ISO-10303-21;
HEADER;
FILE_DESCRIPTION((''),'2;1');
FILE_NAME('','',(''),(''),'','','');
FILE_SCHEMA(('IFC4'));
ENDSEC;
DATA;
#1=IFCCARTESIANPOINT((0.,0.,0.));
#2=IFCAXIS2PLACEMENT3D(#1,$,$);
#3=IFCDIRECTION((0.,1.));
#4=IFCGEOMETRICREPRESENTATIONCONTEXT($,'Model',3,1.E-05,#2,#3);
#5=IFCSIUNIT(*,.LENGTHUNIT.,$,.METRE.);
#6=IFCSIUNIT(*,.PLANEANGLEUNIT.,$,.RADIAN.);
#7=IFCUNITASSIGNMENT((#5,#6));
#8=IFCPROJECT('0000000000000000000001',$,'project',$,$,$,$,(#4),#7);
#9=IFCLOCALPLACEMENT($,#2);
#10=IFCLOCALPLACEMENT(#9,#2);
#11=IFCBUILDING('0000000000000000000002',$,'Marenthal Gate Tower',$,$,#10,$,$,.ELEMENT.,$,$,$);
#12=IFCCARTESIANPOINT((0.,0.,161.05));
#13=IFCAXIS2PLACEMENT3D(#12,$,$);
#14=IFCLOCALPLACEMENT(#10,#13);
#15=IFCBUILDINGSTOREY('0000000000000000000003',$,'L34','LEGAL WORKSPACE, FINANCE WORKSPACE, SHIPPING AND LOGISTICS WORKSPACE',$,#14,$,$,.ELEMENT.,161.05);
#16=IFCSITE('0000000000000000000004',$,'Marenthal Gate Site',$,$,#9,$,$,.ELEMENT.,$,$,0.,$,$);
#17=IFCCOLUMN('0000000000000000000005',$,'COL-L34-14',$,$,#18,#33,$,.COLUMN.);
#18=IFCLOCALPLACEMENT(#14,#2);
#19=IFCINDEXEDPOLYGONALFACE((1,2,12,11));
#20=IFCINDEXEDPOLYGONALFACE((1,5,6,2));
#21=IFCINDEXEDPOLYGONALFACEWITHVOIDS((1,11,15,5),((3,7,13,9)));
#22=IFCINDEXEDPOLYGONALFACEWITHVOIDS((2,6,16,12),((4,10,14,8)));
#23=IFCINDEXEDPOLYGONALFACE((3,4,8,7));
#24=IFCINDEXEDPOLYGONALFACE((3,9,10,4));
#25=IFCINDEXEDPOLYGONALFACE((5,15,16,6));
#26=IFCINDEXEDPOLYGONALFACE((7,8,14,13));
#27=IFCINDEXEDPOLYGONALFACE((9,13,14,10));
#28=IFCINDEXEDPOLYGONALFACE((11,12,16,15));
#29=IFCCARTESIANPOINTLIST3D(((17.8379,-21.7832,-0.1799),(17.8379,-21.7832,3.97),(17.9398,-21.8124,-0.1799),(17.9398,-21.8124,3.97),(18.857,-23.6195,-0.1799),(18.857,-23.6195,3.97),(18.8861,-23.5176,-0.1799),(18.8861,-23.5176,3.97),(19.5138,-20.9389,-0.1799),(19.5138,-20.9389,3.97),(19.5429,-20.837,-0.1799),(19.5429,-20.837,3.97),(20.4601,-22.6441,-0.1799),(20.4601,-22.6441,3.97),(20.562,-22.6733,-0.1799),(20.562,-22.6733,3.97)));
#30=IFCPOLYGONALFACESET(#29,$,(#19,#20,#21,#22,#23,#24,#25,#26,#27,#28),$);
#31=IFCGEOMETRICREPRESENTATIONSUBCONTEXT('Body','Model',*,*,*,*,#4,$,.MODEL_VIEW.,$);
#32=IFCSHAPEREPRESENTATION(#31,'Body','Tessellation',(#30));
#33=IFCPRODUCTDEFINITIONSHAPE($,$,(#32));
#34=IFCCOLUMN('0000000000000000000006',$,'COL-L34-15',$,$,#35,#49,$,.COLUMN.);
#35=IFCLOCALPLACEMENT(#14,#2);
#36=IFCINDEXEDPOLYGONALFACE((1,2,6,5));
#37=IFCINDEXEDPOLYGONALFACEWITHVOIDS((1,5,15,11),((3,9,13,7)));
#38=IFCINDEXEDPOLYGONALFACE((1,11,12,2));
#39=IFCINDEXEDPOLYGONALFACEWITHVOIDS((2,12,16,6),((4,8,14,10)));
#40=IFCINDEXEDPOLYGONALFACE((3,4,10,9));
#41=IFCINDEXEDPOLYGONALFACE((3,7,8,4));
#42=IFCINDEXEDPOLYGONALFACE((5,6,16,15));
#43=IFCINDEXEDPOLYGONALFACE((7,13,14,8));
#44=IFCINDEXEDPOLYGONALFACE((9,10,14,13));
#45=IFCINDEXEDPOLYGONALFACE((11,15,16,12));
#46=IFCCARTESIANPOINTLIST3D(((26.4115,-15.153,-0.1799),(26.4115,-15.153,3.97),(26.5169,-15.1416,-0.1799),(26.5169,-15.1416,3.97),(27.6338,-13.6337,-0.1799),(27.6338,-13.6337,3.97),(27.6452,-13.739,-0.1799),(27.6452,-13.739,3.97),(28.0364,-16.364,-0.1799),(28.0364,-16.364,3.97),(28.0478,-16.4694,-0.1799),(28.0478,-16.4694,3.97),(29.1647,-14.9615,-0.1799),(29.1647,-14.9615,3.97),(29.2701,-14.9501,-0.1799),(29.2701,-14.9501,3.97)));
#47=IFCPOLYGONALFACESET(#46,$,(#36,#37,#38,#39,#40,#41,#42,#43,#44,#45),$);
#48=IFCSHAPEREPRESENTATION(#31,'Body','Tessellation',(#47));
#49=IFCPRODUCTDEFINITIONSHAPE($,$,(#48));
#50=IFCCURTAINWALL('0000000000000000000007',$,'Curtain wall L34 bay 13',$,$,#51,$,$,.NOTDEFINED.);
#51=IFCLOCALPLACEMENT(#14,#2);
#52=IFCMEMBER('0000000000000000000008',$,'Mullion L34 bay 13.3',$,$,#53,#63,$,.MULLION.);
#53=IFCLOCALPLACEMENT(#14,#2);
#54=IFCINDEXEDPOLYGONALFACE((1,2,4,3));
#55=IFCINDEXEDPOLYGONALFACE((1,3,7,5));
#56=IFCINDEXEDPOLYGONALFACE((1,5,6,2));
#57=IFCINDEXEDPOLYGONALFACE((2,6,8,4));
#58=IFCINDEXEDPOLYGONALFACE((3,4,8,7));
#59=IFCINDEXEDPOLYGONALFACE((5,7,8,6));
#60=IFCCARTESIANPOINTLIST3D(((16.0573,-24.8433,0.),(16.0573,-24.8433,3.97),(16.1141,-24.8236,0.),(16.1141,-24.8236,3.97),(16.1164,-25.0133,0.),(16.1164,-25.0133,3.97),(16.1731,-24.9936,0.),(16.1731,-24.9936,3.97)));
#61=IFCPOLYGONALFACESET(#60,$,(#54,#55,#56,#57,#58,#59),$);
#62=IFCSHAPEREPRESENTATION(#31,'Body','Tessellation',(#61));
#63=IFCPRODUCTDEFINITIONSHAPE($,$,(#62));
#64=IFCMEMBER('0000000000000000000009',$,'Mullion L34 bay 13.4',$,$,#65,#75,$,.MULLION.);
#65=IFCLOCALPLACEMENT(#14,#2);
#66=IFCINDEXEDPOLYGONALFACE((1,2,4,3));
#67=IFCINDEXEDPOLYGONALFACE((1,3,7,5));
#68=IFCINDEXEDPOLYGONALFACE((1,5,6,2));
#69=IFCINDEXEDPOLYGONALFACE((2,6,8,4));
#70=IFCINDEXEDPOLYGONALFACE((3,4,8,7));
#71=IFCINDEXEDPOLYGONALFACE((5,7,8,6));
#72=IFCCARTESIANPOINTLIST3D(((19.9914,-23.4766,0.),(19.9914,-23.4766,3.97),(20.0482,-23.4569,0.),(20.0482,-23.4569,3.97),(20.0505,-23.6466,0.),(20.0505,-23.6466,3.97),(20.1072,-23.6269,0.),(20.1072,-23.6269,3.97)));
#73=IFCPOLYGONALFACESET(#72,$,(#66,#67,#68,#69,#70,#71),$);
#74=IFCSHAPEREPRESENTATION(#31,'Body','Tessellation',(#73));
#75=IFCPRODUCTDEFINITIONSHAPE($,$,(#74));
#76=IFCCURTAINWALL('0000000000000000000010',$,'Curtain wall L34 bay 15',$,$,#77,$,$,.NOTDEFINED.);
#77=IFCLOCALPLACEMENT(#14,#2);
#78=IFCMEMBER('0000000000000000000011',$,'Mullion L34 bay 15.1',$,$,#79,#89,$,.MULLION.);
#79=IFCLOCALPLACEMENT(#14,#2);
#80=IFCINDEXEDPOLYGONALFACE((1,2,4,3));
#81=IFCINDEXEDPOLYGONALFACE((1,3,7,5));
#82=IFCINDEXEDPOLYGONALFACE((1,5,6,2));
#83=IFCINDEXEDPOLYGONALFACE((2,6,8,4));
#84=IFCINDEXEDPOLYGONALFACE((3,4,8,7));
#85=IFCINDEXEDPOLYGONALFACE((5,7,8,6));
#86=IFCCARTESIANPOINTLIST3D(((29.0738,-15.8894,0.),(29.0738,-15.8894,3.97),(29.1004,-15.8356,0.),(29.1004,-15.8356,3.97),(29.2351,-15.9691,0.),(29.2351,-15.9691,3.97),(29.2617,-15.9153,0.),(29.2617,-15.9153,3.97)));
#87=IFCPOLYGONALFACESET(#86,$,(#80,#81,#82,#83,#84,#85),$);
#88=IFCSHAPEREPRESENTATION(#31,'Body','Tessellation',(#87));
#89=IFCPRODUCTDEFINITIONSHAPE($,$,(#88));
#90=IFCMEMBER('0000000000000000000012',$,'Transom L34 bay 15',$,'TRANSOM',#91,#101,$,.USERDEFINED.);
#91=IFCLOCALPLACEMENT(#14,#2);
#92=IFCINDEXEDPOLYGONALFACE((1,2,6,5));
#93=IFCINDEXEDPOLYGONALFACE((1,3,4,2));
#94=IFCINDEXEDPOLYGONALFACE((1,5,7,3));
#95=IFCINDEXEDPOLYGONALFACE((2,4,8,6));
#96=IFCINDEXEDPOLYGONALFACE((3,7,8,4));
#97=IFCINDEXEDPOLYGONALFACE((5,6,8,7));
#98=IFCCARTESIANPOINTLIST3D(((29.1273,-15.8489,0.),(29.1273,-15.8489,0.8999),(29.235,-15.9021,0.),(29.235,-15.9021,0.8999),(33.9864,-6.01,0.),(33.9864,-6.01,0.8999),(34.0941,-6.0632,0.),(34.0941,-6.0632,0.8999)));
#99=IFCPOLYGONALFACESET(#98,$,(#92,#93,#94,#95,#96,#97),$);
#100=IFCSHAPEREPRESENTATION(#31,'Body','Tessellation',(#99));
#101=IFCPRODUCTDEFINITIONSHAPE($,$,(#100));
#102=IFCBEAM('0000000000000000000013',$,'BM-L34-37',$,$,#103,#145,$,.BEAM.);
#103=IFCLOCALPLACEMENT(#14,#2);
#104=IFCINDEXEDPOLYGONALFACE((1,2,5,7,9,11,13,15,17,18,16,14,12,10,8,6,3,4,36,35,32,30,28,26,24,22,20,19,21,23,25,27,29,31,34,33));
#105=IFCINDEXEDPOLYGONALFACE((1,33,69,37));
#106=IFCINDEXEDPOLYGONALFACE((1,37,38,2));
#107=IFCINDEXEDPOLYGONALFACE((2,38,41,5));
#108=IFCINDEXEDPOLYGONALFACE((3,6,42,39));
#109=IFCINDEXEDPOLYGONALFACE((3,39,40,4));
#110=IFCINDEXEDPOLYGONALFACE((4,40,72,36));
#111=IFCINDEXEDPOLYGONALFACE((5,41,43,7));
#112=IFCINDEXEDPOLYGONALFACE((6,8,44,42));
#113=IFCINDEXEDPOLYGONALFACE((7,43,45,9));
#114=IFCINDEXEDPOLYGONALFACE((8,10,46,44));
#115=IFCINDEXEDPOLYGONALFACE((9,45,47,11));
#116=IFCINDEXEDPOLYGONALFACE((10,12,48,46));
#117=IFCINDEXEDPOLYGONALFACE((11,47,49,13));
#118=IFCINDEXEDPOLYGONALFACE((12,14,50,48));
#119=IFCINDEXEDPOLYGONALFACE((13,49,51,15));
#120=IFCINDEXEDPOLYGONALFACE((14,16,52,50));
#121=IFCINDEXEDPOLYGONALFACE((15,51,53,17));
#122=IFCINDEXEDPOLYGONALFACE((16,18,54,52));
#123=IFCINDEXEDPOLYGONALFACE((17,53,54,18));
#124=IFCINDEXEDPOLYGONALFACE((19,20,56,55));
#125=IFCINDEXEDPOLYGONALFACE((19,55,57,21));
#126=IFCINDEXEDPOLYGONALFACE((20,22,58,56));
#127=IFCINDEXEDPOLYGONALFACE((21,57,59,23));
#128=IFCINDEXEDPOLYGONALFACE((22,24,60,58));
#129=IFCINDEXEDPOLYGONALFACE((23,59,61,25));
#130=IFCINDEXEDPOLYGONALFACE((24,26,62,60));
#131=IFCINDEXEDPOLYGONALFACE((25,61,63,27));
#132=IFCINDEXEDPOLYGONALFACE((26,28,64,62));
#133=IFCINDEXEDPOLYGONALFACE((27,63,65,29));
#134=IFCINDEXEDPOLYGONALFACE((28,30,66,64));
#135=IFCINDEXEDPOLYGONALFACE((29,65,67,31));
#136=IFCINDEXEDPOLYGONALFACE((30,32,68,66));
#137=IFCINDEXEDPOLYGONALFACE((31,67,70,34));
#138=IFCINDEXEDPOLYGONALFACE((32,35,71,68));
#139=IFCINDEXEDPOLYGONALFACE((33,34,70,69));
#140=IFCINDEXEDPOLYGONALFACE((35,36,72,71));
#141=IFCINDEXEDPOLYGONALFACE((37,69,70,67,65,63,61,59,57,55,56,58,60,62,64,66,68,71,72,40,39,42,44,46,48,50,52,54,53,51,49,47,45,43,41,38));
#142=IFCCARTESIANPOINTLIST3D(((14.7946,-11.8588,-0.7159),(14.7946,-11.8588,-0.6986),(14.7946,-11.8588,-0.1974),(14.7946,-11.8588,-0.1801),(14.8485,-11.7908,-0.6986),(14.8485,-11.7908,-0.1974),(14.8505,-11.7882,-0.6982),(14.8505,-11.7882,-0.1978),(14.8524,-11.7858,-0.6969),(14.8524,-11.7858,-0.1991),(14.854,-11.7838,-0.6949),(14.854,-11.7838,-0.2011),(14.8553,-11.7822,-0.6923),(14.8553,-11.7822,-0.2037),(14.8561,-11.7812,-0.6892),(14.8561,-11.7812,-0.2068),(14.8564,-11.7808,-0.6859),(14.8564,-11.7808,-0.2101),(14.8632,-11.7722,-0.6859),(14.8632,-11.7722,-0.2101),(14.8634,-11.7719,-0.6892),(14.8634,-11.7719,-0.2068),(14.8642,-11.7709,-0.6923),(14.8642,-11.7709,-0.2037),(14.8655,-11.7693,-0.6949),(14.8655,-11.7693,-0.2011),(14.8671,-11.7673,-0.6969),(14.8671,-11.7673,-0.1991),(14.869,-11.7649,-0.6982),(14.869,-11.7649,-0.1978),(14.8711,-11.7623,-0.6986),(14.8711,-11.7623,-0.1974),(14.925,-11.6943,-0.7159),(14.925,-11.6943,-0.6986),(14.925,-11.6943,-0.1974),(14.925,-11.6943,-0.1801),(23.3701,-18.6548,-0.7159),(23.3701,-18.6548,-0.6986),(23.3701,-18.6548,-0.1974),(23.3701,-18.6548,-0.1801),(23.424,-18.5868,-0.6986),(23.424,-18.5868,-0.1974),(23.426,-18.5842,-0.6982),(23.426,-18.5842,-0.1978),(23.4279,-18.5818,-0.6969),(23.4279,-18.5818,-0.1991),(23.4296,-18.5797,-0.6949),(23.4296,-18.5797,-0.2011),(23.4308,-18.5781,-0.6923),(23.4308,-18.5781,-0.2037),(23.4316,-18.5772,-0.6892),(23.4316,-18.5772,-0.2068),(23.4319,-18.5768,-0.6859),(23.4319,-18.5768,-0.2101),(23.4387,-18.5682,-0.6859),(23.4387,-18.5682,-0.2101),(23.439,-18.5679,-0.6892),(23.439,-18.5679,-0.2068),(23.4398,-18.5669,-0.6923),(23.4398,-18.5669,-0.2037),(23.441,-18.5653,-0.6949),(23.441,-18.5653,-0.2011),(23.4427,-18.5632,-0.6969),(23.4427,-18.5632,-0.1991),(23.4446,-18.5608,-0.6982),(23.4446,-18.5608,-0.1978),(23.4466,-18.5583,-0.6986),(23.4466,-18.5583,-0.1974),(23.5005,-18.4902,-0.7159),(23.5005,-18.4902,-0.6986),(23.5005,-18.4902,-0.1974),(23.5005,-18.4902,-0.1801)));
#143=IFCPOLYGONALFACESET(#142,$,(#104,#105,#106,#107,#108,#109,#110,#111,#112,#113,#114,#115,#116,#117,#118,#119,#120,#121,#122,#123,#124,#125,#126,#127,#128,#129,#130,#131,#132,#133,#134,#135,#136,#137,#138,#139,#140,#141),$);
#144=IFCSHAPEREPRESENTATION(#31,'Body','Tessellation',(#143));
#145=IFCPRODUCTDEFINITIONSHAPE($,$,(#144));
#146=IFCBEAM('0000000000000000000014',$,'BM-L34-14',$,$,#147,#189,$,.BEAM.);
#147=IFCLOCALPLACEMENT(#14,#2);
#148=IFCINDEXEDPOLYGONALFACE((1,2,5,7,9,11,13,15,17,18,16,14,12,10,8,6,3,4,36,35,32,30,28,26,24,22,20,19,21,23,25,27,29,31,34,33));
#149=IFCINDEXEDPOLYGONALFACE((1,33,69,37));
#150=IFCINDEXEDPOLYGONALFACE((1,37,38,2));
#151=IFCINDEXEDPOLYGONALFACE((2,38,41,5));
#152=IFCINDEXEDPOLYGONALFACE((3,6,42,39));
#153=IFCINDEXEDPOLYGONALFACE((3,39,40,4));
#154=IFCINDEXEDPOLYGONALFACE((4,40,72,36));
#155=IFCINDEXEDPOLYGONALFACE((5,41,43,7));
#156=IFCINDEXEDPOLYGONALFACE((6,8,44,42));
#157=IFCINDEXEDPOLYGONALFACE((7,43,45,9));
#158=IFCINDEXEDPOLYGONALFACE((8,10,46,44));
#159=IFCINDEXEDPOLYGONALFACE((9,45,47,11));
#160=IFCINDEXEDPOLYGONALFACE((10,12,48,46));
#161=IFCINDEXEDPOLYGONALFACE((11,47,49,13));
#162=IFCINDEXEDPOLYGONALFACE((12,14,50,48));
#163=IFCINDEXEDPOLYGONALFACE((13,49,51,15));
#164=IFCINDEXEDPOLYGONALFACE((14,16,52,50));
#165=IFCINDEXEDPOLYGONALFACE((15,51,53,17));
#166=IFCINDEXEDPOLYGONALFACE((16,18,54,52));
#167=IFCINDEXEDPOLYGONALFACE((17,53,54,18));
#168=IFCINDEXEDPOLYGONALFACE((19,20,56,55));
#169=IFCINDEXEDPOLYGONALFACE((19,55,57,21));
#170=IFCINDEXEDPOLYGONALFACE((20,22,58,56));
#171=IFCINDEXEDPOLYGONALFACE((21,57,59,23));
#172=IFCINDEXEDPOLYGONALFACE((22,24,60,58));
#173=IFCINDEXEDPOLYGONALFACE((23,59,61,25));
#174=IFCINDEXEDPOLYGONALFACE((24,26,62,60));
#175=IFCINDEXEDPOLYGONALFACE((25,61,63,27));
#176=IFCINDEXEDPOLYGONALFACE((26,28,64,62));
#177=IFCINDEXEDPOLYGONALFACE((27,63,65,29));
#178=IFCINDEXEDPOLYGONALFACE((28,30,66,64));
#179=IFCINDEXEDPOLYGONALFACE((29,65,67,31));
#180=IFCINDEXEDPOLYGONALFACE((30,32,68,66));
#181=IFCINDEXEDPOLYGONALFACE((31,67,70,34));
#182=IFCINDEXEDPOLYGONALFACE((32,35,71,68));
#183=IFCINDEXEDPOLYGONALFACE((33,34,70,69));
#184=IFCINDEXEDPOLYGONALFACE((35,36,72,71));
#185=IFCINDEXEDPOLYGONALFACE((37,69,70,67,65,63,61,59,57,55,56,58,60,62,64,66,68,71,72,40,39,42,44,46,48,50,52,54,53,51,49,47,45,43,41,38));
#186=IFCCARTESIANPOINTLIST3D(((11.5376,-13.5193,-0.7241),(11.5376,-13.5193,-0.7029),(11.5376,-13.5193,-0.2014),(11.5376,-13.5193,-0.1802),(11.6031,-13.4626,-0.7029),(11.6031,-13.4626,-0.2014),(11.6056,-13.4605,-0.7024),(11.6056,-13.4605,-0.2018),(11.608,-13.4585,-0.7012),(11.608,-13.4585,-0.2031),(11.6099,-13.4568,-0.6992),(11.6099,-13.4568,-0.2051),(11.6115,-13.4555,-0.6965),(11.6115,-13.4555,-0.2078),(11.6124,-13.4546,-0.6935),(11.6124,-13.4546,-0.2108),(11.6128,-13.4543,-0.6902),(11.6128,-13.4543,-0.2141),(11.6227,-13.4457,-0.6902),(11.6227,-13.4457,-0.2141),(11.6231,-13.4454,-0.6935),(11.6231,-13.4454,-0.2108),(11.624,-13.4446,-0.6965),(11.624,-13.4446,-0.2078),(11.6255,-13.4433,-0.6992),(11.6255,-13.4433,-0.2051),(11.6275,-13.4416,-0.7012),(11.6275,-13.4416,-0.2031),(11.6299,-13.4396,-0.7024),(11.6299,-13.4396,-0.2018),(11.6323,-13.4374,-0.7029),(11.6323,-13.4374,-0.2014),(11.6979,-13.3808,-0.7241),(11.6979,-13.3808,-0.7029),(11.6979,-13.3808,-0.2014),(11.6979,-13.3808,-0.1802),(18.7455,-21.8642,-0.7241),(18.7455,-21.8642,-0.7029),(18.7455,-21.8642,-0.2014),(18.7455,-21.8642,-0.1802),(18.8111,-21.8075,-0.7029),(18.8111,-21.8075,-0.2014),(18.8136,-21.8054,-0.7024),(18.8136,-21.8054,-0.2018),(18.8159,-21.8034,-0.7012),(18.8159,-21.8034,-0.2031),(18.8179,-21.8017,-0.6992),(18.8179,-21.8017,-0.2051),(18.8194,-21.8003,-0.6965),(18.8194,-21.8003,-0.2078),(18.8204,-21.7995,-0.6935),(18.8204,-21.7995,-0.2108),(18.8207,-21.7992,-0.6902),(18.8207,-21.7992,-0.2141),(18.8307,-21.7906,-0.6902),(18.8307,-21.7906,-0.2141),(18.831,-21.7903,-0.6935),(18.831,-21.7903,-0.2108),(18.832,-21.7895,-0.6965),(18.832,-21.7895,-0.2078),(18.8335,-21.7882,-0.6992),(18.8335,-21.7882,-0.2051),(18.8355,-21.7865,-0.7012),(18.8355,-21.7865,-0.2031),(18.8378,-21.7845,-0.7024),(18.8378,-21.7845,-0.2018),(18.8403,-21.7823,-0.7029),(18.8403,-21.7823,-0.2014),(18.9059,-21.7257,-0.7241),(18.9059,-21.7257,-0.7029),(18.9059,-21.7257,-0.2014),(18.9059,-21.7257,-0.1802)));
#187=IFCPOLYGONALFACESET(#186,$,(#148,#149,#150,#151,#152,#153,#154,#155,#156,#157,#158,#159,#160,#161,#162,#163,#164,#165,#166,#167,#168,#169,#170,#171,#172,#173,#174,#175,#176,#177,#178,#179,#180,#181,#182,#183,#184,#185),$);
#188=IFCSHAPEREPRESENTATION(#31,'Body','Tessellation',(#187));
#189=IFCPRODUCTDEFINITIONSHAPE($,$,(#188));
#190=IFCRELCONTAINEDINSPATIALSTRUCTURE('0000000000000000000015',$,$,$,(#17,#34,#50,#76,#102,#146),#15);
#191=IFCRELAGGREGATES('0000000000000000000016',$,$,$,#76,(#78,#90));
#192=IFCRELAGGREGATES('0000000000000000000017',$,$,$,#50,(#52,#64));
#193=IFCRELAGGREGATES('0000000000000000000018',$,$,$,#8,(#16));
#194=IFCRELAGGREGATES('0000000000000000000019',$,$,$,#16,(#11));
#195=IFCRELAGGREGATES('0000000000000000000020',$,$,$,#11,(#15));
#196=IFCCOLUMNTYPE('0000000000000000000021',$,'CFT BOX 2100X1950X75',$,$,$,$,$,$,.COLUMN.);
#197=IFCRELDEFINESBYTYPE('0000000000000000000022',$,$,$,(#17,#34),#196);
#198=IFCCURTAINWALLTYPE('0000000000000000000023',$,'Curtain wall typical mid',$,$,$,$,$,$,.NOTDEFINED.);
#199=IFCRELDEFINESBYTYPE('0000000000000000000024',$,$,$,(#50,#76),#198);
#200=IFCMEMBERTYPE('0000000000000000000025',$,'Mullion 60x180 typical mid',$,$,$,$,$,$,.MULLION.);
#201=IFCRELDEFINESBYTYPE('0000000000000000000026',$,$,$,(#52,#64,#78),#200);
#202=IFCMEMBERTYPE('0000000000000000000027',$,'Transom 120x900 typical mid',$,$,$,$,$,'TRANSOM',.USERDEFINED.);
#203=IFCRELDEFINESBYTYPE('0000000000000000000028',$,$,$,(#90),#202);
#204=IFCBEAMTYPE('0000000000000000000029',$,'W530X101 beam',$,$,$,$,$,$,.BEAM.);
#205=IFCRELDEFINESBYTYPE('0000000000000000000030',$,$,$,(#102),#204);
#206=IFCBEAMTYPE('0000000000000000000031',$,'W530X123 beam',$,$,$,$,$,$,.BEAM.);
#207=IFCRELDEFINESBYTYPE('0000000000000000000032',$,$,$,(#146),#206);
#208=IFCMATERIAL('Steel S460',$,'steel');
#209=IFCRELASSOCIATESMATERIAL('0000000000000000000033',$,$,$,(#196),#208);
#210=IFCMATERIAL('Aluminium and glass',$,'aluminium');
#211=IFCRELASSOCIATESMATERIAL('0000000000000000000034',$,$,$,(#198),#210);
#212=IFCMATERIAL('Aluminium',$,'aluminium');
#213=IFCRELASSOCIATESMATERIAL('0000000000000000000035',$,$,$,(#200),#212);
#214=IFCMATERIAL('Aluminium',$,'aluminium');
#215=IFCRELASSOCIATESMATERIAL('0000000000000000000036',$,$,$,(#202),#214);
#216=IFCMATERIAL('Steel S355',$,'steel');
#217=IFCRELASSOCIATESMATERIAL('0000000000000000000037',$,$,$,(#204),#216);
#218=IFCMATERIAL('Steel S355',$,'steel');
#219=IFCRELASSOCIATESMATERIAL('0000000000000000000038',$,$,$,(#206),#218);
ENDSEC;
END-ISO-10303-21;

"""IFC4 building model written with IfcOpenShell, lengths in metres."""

from ifc_helpers import new_model, si_unit, direction, frame, origin, origin_2d, place, context, subcontext, project, spatial, rectangle, hollow_rectangle, i_section, extrude, material, material_profile, profile_set, type_object, element, aggregate, save


model = new_model("IFC4")

# Units and contexts
model_context = context("Model", 3, precision=1e-05, world=origin(), true_north=direction((0.0, 1.0)))
body_context = subcontext(model_context, "Body", "Model", "MODEL_VIEW")
ifc_project = project(units=[si_unit("LENGTHUNIT", "METRE"), si_unit("PLANEANGLEUNIT", "RADIAN")], contexts=[model_context])

# Site, building, storey
site_placement = place(None, origin())
site = spatial("IfcSite", under=ifc_project, at=site_placement, Name="Marenthal Gate Site", CompositionType="ELEMENT", RefElevation=0.0)
building_placement = place(site_placement, origin())
building = spatial("IfcBuilding", under=site, at=building_placement, Name="Marenthal Gate Tower", CompositionType="ELEMENT")
storey_placement = place(building_placement, frame((0.0, 0.0, 161.05)))
storey = spatial("IfcBuildingStorey", under=building, at=storey_placement, Name="L34", Description="LEGAL WORKSPACE, FINANCE WORKSPACE, SHIPPING AND LOGISTICS WORKSPACE", CompositionType="ELEMENT", Elevation=161.05)

# Columns
ifc_material_1 = material(Name="Steel S460", Category="steel")
ifc_material_profile_1 = material_profile(ifc_material_1, hollow_rectangle(XDim=1.95, YDim=2.1001, WallThickness=0.075, at=origin_2d()), Name="CFT BOX 2100X1950X75")
ifc_material_2 = material(Name="Concrete 70 MPa", Category="concrete")
ifc_material_profile_2 = material_profile(ifc_material_2, rectangle(XDim=1.8, YDim=1.95, at=origin_2d()), Name="CFT BOX 2100X1950X75 INFILL")
ifc_profile_set_1 = profile_set([ifc_material_profile_1, ifc_material_profile_2], Name="Steel S460 shell, Concrete 70 MPa infill")
column_type = type_object("IfcColumnType", Name="CFT BOX 2100X1950X75", PredefinedType="COLUMN", material=ifc_profile_set_1)
for number, where, z_axis, x_axis, name in (
    (1, (19.2, -22.2283, -0.1799), (0.0, 0.0, 1.0), (-0.87438, -0.485242, 0.0), "COL-L34-14"),
    (2, (27.8408, -15.0515, -0.1799), (0.0, 0.0, 1.0), (-0.626831, -0.779155, 0.0), "COL-L34-15"),
):
    element("IfcColumn", number, at=place(storey_placement, frame(where, z_axis=z_axis, x_axis=x_axis)), inside=storey, type_object=column_type, Name=name, PredefinedType="COLUMN", context=body_context, shape_type="SweptSolid", body=[
        extrude(hollow_rectangle(XDim=1.95, YDim=2.1001, WallThickness=0.075, at=origin_2d()), origin(), (0.0, 0.0, 1.0), 4.1499),
    ])

# Curtain walls, members
ifc_material_3 = material(Name="Aluminium and glass", Category="aluminium")
curtain_wall_type = type_object("IfcCurtainWallType", Name="Curtain wall typical mid", PredefinedType="NOTDEFINED", material=ifc_material_3)
curtain_wall_1_placement = place(storey_placement, origin())
curtain_wall_1 = element("IfcCurtainWall", 3, at=curtain_wall_1_placement, inside=storey, type_object=curtain_wall_type, Name="Curtain wall L34 bay 13", PredefinedType="NOTDEFINED")
ifc_material_4 = material(Name="Aluminium", Category="aluminium")
ifc_material_profile_3 = material_profile(ifc_material_4, rectangle(XDim=0.1799, YDim=0.0601, at=origin_2d()), Name="60x180 aluminium mullion")
ifc_profile_set_2 = profile_set([ifc_material_profile_3], Name="Aluminium")
member_type_1 = type_object("IfcMemberType", Name="Mullion 60x180 typical mid", PredefinedType="MULLION", material=ifc_profile_set_2)
member_1_placement = place(storey_placement, frame((16.1152, -24.9185, 0.0), z_axis=(0.0, 0.0, 1.0), x_axis=(-0.328158, 0.944623, 0.0)))
member_1 = element("IfcMember", 4, at=member_1_placement, type_object=member_type_1, Name="Mullion L34 bay 13.3", PredefinedType="MULLION", context=body_context, shape_type="SweptSolid", body=[
    extrude(rectangle(XDim=0.1799, YDim=0.0601, at=origin_2d()), origin(), (0.0, 0.0, 1.0), 3.97),
])
member_2_placement = place(storey_placement, frame((20.0493, -23.5518, 0.0), z_axis=(0.0, 0.0, 1.0), x_axis=(-0.328158, 0.944623, 0.0)))
member_2 = element("IfcMember", 5, at=member_2_placement, type_object=member_type_1, Name="Mullion L34 bay 13.4", PredefinedType="MULLION", context=body_context, shape_type="SweptSolid", body=[
    extrude(rectangle(XDim=0.1799, YDim=0.0601, at=origin_2d()), origin(), (0.0, 0.0, 1.0), 3.97),
])
curtain_wall_2_placement = place(storey_placement, origin())
curtain_wall_2 = element("IfcCurtainWall", 6, at=curtain_wall_2_placement, inside=storey, type_object=curtain_wall_type, Name="Curtain wall L34 bay 15", PredefinedType="NOTDEFINED")
member_3_placement = place(storey_placement, frame((29.1677, -15.9023, 0.0), z_axis=(0.0, 0.0, 1.0), x_axis=(-0.896609, 0.442824, 0.0)))
member_3 = element("IfcMember", 7, at=member_3_placement, type_object=member_type_1, Name="Mullion L34 bay 15.1", PredefinedType="MULLION", context=body_context, shape_type="SweptSolid", body=[
    extrude(rectangle(XDim=0.1799, YDim=0.0601, at=origin_2d()), origin(), (0.0, 0.0, 1.0), 3.97),
])
ifc_material_5 = material(Name="Aluminium", Category="aluminium")
ifc_material_profile_4 = material_profile(ifc_material_5, rectangle(XDim=0.1201, YDim=0.8999, at=origin_2d()), Name="120x900 aluminium transom")
ifc_profile_set_3 = profile_set([ifc_material_profile_4], Name="Aluminium")
member_type_2 = type_object("IfcMemberType", Name="Transom 120x900 typical mid", ElementType="TRANSOM", PredefinedType="USERDEFINED", material=ifc_profile_set_3)
member_4_placement = place(storey_placement, frame((29.1812, -15.8755, 0.45), z_axis=(0.442812, 0.896615, 0.0), x_axis=(-0.896615, 0.442812, 0.0)))
member_4 = element("IfcMember", 8, at=member_4_placement, type_object=member_type_2, Name="Transom L34 bay 15", ObjectType="TRANSOM", PredefinedType="USERDEFINED", context=body_context, shape_type="SweptSolid", body=[
    extrude(rectangle(XDim=0.1201, YDim=0.8999, at=origin_2d()), origin(), (0.0, 0.0, 1.0), 10.9734),
])
aggregate(curtain_wall_2, [member_3, member_4])

# Beams
ifc_material_6 = material(Name="Steel S355", Category="steel")
ifc_material_profile_5 = material_profile(ifc_material_6, i_section(OverallWidth=0.21, OverallDepth=0.5359, WebThickness=0.011, FlangeThickness=0.0173, FilletRadius=0.0127, at=origin_2d()), Name="W530X101")
ifc_profile_set_4 = profile_set([ifc_material_profile_5], Name="Steel S355")
beam_type_1 = type_object("IfcBeamType", Name="W530X101 beam", PredefinedType="BEAM", material=ifc_profile_set_4)
beam_1_placement = place(storey_placement, frame((23.4353, -18.5725, -0.448), z_axis=(-0.783734, 0.621097, 0.0), x_axis=(-0.621097, -0.783734, 0.0)))
element("IfcBeam", 9, at=beam_1_placement, inside=storey, type_object=beam_type_1, Name="BM-L34-37", PredefinedType="BEAM", context=body_context, shape_type="SweptSolid", body=[
    extrude(i_section(OverallWidth=0.21, OverallDepth=0.5359, WebThickness=0.011, FlangeThickness=0.0173, FilletRadius=0.0127, at=origin_2d()), origin(), (0.0, 0.0, 1.0), 10.9419),
])
ifc_material_7 = material(Name="Steel S355", Category="steel")
ifc_material_profile_6 = material_profile(ifc_material_7, i_section(OverallWidth=0.2119, OverallDepth=0.5439, WebThickness=0.0132, FlangeThickness=0.0212, FilletRadius=0.0127, at=origin_2d()), Name="W530X123")
ifc_profile_set_5 = profile_set([ifc_material_profile_6], Name="Steel S355")
beam_type_2 = type_object("IfcBeamType", Name="W530X123 beam", PredefinedType="BEAM", material=ifc_profile_set_5)
beam_2_placement = place(storey_placement, frame((18.8257, -21.7949, -0.4521), z_axis=(-0.653671, 0.756779, 0.0), x_axis=(-0.756779, -0.653671, 0.0)))
element("IfcBeam", 10, at=beam_2_placement, inside=storey, type_object=beam_type_2, Name="BM-L34-14", PredefinedType="BEAM", context=body_context, shape_type="SweptSolid", body=[
    extrude(i_section(OverallWidth=0.2119, OverallDepth=0.5439, WebThickness=0.0132, FlangeThickness=0.0212, FilletRadius=0.0127, at=origin_2d()), origin(), (0.0, 0.0, 1.0), 11.0269),
])

aggregate(curtain_wall_1, [member_1, member_2])

save(model, "model.ifc")
